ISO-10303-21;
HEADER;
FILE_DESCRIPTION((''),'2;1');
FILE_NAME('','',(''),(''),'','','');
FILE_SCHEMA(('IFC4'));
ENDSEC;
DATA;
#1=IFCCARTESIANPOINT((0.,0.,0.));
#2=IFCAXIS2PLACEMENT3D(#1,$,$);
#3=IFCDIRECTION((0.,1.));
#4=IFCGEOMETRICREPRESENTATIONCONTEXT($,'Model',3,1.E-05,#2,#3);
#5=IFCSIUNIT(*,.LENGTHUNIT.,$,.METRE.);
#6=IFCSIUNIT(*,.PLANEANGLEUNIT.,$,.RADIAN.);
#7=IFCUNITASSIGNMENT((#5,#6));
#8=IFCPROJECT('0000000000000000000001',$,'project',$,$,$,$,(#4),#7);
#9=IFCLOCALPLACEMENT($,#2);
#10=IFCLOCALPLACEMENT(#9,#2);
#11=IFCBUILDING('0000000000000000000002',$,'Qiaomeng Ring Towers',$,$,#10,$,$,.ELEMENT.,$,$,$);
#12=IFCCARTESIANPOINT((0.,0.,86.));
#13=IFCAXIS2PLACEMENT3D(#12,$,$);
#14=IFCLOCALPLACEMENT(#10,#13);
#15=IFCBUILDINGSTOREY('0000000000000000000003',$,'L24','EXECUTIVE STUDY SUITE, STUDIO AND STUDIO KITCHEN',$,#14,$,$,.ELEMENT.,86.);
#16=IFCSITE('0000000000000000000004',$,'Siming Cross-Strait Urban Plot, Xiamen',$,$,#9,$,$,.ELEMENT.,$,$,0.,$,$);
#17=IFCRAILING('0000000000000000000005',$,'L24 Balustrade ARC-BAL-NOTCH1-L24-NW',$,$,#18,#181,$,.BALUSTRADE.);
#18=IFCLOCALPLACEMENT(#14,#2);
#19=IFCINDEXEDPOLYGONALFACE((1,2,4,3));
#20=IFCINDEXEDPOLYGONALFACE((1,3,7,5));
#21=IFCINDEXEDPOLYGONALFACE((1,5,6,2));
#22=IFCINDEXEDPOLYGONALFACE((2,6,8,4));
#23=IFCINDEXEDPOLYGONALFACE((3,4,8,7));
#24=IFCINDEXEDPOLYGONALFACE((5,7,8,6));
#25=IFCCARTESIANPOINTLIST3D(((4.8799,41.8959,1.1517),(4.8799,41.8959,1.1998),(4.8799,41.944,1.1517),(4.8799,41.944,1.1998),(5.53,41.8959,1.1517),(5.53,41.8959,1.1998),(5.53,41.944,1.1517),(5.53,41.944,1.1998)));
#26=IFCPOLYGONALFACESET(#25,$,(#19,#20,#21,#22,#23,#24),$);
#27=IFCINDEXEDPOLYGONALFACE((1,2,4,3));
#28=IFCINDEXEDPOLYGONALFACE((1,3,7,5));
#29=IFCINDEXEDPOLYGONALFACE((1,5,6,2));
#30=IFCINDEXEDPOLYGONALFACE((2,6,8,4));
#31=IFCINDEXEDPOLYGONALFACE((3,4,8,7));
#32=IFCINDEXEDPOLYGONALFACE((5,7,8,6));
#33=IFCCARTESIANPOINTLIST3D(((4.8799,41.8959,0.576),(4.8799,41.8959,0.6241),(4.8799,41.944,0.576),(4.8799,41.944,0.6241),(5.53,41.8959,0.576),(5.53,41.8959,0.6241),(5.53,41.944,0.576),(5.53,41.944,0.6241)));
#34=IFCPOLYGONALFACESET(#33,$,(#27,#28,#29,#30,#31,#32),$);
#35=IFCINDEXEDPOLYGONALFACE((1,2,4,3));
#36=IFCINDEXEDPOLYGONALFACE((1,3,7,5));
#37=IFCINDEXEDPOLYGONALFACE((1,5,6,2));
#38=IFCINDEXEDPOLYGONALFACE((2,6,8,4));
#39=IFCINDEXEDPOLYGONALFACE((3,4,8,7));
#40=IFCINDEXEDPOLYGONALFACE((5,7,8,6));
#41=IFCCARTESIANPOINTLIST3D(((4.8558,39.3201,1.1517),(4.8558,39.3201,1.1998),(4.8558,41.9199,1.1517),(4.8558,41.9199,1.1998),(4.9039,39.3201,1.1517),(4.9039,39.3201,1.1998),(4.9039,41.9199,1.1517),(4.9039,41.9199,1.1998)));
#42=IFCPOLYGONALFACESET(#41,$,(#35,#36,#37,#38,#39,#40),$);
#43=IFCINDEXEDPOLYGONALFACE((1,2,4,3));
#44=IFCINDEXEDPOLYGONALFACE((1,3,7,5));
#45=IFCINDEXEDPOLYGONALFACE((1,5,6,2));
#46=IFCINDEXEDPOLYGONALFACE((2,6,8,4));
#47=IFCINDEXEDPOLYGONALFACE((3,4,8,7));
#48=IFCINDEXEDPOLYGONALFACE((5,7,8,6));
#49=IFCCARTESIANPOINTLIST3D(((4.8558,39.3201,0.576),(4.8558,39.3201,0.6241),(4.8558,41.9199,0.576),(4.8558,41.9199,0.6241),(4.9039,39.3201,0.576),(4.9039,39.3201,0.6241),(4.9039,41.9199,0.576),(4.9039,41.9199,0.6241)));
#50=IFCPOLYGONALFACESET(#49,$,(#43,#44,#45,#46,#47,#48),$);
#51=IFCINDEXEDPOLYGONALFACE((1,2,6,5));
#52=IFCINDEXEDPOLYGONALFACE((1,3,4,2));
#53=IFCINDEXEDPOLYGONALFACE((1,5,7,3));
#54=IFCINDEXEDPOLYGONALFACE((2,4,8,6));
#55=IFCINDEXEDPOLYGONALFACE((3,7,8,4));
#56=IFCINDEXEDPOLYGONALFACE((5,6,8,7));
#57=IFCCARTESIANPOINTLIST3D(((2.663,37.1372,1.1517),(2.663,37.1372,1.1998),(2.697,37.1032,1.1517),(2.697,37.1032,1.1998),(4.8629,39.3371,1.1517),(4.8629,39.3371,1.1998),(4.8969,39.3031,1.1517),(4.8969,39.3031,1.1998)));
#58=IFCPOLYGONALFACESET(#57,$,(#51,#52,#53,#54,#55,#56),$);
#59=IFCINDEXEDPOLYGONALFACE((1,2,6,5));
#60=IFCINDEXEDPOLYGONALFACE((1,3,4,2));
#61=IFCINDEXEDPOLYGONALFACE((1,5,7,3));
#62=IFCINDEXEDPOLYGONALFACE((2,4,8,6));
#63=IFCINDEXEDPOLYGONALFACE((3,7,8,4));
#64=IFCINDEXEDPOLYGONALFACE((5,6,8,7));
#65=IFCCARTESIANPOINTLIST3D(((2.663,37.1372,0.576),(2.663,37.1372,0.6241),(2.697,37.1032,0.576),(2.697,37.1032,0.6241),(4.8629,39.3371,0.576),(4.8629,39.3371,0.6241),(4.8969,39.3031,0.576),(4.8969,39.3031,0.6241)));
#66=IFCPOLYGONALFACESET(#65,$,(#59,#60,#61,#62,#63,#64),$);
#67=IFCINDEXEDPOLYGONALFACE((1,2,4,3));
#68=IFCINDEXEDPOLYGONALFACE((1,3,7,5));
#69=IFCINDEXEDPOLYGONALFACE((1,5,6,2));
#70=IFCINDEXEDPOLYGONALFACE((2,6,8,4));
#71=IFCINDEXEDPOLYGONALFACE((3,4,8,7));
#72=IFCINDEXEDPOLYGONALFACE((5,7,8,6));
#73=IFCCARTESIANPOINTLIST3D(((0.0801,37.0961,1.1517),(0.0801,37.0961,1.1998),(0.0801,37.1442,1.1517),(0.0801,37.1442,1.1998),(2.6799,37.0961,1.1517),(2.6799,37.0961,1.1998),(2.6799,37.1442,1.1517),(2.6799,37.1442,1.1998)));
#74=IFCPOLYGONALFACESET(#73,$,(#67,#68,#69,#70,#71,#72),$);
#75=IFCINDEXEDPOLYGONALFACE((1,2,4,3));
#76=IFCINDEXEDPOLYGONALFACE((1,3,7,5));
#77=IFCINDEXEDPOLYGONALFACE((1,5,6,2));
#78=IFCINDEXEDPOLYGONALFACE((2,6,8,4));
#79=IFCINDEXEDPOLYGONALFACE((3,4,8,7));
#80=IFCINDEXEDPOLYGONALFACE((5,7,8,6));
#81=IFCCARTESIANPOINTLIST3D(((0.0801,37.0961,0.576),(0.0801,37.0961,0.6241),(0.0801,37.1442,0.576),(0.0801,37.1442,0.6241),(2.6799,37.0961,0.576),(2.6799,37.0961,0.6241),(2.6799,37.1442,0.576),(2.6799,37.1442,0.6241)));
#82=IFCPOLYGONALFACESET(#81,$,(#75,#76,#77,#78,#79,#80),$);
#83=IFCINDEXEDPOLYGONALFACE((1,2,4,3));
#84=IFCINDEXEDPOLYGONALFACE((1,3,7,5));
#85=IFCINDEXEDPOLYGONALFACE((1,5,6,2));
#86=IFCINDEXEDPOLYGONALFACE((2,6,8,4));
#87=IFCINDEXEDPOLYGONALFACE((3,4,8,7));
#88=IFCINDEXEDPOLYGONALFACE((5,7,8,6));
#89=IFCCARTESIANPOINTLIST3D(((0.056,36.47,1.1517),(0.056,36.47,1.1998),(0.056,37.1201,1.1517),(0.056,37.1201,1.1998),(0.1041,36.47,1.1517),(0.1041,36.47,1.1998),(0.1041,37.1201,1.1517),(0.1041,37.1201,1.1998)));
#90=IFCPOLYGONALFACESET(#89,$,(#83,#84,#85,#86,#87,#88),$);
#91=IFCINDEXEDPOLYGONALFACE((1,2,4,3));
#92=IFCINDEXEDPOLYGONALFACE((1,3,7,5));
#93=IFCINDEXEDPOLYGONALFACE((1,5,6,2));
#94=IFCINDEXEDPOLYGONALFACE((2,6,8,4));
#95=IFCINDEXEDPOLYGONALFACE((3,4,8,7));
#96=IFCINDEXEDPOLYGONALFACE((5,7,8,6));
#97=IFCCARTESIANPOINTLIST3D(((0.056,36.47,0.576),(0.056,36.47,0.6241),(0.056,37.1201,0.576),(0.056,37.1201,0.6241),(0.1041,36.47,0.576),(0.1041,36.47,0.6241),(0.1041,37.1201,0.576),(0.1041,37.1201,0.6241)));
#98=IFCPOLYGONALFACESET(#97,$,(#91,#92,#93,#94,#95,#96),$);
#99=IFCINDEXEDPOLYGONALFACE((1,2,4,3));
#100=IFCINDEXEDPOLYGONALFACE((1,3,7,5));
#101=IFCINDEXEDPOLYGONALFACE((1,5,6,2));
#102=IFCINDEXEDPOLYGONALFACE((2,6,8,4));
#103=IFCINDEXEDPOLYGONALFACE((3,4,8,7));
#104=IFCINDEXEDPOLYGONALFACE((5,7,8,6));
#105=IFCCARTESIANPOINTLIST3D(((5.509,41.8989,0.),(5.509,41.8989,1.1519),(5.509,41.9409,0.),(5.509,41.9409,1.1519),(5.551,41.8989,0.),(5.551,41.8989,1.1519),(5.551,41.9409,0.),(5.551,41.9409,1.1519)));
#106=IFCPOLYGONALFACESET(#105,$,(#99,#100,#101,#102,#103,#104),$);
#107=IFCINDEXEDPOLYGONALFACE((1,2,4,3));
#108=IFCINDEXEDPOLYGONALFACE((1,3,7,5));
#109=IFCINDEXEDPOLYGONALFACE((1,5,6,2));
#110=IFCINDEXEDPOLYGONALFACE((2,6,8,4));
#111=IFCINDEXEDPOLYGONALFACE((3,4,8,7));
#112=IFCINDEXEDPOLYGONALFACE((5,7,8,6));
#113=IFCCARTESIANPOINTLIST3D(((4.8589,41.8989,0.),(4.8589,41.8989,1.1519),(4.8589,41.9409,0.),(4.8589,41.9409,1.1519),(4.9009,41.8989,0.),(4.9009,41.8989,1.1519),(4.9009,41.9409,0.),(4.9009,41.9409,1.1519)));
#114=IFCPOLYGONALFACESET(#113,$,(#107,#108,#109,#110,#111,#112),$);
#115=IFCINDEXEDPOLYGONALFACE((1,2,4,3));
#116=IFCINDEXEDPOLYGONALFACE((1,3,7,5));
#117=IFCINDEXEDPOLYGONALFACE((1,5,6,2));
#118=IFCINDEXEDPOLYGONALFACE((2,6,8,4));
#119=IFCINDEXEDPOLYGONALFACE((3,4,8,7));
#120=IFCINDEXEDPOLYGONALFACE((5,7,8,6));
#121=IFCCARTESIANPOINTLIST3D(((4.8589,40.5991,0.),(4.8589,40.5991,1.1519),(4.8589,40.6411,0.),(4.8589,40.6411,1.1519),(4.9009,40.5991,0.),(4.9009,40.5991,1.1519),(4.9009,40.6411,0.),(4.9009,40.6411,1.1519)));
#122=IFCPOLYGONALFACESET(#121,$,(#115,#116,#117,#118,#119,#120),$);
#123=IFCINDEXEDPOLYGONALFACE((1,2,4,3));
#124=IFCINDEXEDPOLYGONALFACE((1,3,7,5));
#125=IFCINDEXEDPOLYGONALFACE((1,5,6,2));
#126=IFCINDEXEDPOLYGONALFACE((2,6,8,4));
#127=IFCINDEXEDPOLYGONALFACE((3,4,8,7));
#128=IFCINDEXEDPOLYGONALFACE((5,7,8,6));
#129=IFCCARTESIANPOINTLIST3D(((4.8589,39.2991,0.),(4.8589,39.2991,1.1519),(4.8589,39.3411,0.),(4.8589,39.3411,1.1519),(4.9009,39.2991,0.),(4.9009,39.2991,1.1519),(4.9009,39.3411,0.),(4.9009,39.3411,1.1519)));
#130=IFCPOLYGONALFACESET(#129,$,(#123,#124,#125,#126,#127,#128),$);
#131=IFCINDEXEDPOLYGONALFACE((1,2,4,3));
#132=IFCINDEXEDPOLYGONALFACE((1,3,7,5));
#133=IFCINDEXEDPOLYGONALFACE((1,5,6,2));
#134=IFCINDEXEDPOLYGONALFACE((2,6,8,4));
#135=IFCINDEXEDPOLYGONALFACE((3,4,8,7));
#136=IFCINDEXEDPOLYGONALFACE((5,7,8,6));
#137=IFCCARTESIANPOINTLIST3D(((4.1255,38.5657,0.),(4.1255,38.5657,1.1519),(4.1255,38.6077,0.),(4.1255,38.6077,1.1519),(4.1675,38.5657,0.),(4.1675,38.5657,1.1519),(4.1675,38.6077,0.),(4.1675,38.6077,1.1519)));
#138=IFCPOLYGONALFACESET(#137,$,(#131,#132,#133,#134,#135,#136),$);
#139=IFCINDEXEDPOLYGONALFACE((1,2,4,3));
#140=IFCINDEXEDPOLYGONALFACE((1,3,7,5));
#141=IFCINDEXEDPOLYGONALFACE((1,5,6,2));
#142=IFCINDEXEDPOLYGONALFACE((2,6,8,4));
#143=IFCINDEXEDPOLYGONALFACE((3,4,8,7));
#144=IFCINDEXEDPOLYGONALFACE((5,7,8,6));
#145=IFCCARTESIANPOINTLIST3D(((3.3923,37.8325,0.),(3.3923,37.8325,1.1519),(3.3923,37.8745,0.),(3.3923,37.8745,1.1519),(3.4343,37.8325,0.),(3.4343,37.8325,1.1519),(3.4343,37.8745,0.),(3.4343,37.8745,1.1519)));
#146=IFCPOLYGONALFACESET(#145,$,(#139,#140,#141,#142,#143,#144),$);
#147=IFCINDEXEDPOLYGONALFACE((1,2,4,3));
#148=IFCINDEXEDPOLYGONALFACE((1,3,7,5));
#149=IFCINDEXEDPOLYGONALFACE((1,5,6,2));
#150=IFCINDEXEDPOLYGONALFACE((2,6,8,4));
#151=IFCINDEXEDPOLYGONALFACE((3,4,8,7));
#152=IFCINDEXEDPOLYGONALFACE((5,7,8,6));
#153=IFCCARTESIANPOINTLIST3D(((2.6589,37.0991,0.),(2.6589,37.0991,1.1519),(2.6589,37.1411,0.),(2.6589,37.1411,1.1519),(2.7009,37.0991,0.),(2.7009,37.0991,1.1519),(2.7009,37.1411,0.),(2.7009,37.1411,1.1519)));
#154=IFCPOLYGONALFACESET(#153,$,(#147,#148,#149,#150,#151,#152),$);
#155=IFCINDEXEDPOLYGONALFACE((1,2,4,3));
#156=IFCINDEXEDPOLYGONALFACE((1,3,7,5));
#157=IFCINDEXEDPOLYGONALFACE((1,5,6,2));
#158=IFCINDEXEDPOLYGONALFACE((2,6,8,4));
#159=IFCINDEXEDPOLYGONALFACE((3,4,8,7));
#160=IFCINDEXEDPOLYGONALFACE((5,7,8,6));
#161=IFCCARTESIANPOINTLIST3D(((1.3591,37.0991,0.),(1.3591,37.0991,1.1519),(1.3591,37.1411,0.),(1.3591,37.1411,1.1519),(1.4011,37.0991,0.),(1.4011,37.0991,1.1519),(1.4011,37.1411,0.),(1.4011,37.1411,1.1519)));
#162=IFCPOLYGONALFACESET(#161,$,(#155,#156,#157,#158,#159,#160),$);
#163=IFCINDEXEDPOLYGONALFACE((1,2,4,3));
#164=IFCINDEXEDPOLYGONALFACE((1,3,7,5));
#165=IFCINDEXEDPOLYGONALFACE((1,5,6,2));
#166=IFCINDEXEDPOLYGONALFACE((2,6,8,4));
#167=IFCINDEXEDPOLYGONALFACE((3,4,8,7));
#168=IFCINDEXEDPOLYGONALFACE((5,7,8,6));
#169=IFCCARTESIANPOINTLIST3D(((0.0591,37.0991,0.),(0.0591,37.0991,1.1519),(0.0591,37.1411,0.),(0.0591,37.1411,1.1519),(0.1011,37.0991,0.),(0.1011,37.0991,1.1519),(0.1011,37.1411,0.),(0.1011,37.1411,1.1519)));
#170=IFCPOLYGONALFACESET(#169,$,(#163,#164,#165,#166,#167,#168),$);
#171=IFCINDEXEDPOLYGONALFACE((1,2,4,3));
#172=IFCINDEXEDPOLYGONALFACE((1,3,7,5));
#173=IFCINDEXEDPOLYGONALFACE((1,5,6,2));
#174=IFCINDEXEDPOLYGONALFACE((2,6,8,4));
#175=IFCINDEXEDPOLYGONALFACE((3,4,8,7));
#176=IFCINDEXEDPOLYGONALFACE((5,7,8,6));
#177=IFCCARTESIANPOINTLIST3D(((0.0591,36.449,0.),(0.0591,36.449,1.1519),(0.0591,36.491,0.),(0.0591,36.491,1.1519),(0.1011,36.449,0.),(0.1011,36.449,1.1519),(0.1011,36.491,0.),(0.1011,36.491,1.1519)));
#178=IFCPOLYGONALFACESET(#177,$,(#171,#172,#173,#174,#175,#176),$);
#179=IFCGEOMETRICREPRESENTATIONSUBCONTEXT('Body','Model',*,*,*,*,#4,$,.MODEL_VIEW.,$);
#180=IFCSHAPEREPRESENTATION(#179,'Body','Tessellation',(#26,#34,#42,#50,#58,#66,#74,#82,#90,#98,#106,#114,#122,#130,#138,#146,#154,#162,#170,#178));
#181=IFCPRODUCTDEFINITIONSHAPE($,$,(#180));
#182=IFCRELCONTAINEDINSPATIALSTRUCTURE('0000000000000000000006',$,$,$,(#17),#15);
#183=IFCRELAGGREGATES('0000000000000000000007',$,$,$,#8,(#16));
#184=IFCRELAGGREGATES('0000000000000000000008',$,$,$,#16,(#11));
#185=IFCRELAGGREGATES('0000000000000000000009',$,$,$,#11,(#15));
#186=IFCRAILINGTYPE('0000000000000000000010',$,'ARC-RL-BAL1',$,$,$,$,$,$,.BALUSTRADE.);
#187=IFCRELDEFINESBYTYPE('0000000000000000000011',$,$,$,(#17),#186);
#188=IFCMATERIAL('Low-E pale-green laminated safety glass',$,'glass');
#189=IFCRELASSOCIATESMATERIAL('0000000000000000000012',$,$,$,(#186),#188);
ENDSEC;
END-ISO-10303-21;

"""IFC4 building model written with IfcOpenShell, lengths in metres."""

from ifc_helpers import new_model, si_unit, direction, frame, origin, origin_2d, place, context, subcontext, project, spatial, rectangle, extrude, material, type_object, element, save


model = new_model("IFC4")

# Units and contexts
model_context = context("Model", 3, precision=1e-05, world=origin(), true_north=direction((0.0, 1.0)))
body_context = subcontext(model_context, "Body", "Model", "MODEL_VIEW")
ifc_project = project(units=[si_unit("LENGTHUNIT", "METRE"), si_unit("PLANEANGLEUNIT", "RADIAN")], contexts=[model_context])

# Site, building, storey
site_placement = place(None, origin())
site = spatial("IfcSite", under=ifc_project, at=site_placement, Name="Siming Cross-Strait Urban Plot, Xiamen", CompositionType="ELEMENT", RefElevation=0.0)
building_placement = place(site_placement, origin())
building = spatial("IfcBuilding", under=site, at=building_placement, Name="Qiaomeng Ring Towers", CompositionType="ELEMENT")
storey_placement = place(building_placement, frame((0.0, 0.0, 86.0)))
storey = spatial("IfcBuildingStorey", under=building, at=storey_placement, Name="L24", Description="EXECUTIVE STUDY SUITE, STUDIO AND STUDIO KITCHEN", CompositionType="ELEMENT", Elevation=86.0)

# Railing
ifc_material_1 = material(Name="Low-E pale-green laminated safety glass", Category="glass")
railing_type = type_object("IfcRailingType", Name="ARC-RL-BAL1", PredefinedType="BALUSTRADE", material=ifc_material_1)
railing_placement = place(storey_placement, frame((5.53, 41.9199, 0.0)))
element("IfcRailing", 1, at=railing_placement, inside=storey, type_object=railing_type, Name="L24 Balustrade ARC-BAL-NOTCH1-L24-NW", PredefinedType="BALUSTRADE", context=body_context, shape_type="SweptSolid", body=[
    extrude(rectangle(XDim=0.0481, YDim=0.0481, at=origin_2d()), frame((0.0, 0.0, 1.1758), z_axis=(-1.0, 0.0, 0.0), x_axis=(0.0, -1.0, 0.0)), (0.0, 0.0, 1.0), 0.6501),
    extrude(rectangle(XDim=0.0481, YDim=0.0481, at=origin_2d()), frame((0.0, 0.0, 0.6001), z_axis=(-1.0, 0.0, 0.0), x_axis=(0.0, -1.0, 0.0)), (0.0, 0.0, 1.0), 0.6501),
    extrude(rectangle(XDim=0.0481, YDim=0.0481, at=origin_2d()), frame((-0.6501, 0.0, 1.1758), z_axis=(0.0, -1.0, 0.0), x_axis=(1.0, 0.0, 0.0)), (0.0, 0.0, 1.0), 2.5999),
    extrude(rectangle(XDim=0.0481, YDim=0.0481, at=origin_2d()), frame((-0.6501, 0.0, 0.6001), z_axis=(0.0, -1.0, 0.0), x_axis=(1.0, 0.0, 0.0)), (0.0, 0.0, 1.0), 2.5999),
    extrude(rectangle(XDim=0.0481, YDim=0.0481, at=origin_2d()), frame((-0.6501, -2.5999, 1.1758), z_axis=(-0.707107, -0.707107, 0.0), x_axis=(0.707107, -0.707107, 0.0)), (0.0, 0.0, 1.0), 3.1111),
    extrude(rectangle(XDim=0.0481, YDim=0.0481, at=origin_2d()), frame((-0.6501, -2.5999, 0.6001), z_axis=(-0.707107, -0.707107, 0.0), x_axis=(0.707107, -0.707107, 0.0)), (0.0, 0.0, 1.0), 3.1111),
    extrude(rectangle(XDim=0.0481, YDim=0.0481, at=origin_2d()), frame((-2.8501, -4.7998, 1.1758), z_axis=(-1.0, 0.0, 0.0), x_axis=(0.0, -1.0, 0.0)), (0.0, 0.0, 1.0), 2.5999),
    extrude(rectangle(XDim=0.0481, YDim=0.0481, at=origin_2d()), frame((-2.8501, -4.7998, 0.6001), z_axis=(-1.0, 0.0, 0.0), x_axis=(0.0, -1.0, 0.0)), (0.0, 0.0, 1.0), 2.5999),
    extrude(rectangle(XDim=0.0481, YDim=0.0481, at=origin_2d()), frame((-5.45, -4.7998, 1.1758), z_axis=(0.0, -1.0, 0.0), x_axis=(1.0, 0.0, 0.0)), (0.0, 0.0, 1.0), 0.6501),
    extrude(rectangle(XDim=0.0481, YDim=0.0481, at=origin_2d()), frame((-5.45, -4.7998, 0.6001), z_axis=(0.0, -1.0, 0.0), x_axis=(1.0, 0.0, 0.0)), (0.0, 0.0, 1.0), 0.6501),
    extrude(rectangle(XDim=0.042, YDim=0.042, at=origin_2d()), origin(), (0.0, 0.0, 1.0), 1.1519),
    extrude(rectangle(XDim=0.042, YDim=0.042, at=origin_2d()), frame((-0.6501, 0.0, 0.0)), (0.0, 0.0, 1.0), 1.1519),
    extrude(rectangle(XDim=0.042, YDim=0.042, at=origin_2d()), frame((-0.6501, -1.2998, 0.0)), (0.0, 0.0, 1.0), 1.1519),
    extrude(rectangle(XDim=0.042, YDim=0.042, at=origin_2d()), frame((-0.6501, -2.5999, 0.0)), (0.0, 0.0, 1.0), 1.1519),
    extrude(rectangle(XDim=0.042, YDim=0.042, at=origin_2d()), frame((-1.3835, -3.3333, 0.0)), (0.0, 0.0, 1.0), 1.1519),
    extrude(rectangle(XDim=0.042, YDim=0.042, at=origin_2d()), frame((-2.1167, -4.0664, 0.0)), (0.0, 0.0, 1.0), 1.1519),
    extrude(rectangle(XDim=0.042, YDim=0.042, at=origin_2d()), frame((-2.8501, -4.7998, 0.0)), (0.0, 0.0, 1.0), 1.1519),
    extrude(rectangle(XDim=0.042, YDim=0.042, at=origin_2d()), frame((-4.1499, -4.7998, 0.0)), (0.0, 0.0, 1.0), 1.1519),
    extrude(rectangle(XDim=0.042, YDim=0.042, at=origin_2d()), frame((-5.45, -4.7998, 0.0)), (0.0, 0.0, 1.0), 1.1519),
    extrude(rectangle(XDim=0.042, YDim=0.042, at=origin_2d()), frame((-5.45, -5.45, 0.0)), (0.0, 0.0, 1.0), 1.1519),
])

save(model, "model.ifc")
